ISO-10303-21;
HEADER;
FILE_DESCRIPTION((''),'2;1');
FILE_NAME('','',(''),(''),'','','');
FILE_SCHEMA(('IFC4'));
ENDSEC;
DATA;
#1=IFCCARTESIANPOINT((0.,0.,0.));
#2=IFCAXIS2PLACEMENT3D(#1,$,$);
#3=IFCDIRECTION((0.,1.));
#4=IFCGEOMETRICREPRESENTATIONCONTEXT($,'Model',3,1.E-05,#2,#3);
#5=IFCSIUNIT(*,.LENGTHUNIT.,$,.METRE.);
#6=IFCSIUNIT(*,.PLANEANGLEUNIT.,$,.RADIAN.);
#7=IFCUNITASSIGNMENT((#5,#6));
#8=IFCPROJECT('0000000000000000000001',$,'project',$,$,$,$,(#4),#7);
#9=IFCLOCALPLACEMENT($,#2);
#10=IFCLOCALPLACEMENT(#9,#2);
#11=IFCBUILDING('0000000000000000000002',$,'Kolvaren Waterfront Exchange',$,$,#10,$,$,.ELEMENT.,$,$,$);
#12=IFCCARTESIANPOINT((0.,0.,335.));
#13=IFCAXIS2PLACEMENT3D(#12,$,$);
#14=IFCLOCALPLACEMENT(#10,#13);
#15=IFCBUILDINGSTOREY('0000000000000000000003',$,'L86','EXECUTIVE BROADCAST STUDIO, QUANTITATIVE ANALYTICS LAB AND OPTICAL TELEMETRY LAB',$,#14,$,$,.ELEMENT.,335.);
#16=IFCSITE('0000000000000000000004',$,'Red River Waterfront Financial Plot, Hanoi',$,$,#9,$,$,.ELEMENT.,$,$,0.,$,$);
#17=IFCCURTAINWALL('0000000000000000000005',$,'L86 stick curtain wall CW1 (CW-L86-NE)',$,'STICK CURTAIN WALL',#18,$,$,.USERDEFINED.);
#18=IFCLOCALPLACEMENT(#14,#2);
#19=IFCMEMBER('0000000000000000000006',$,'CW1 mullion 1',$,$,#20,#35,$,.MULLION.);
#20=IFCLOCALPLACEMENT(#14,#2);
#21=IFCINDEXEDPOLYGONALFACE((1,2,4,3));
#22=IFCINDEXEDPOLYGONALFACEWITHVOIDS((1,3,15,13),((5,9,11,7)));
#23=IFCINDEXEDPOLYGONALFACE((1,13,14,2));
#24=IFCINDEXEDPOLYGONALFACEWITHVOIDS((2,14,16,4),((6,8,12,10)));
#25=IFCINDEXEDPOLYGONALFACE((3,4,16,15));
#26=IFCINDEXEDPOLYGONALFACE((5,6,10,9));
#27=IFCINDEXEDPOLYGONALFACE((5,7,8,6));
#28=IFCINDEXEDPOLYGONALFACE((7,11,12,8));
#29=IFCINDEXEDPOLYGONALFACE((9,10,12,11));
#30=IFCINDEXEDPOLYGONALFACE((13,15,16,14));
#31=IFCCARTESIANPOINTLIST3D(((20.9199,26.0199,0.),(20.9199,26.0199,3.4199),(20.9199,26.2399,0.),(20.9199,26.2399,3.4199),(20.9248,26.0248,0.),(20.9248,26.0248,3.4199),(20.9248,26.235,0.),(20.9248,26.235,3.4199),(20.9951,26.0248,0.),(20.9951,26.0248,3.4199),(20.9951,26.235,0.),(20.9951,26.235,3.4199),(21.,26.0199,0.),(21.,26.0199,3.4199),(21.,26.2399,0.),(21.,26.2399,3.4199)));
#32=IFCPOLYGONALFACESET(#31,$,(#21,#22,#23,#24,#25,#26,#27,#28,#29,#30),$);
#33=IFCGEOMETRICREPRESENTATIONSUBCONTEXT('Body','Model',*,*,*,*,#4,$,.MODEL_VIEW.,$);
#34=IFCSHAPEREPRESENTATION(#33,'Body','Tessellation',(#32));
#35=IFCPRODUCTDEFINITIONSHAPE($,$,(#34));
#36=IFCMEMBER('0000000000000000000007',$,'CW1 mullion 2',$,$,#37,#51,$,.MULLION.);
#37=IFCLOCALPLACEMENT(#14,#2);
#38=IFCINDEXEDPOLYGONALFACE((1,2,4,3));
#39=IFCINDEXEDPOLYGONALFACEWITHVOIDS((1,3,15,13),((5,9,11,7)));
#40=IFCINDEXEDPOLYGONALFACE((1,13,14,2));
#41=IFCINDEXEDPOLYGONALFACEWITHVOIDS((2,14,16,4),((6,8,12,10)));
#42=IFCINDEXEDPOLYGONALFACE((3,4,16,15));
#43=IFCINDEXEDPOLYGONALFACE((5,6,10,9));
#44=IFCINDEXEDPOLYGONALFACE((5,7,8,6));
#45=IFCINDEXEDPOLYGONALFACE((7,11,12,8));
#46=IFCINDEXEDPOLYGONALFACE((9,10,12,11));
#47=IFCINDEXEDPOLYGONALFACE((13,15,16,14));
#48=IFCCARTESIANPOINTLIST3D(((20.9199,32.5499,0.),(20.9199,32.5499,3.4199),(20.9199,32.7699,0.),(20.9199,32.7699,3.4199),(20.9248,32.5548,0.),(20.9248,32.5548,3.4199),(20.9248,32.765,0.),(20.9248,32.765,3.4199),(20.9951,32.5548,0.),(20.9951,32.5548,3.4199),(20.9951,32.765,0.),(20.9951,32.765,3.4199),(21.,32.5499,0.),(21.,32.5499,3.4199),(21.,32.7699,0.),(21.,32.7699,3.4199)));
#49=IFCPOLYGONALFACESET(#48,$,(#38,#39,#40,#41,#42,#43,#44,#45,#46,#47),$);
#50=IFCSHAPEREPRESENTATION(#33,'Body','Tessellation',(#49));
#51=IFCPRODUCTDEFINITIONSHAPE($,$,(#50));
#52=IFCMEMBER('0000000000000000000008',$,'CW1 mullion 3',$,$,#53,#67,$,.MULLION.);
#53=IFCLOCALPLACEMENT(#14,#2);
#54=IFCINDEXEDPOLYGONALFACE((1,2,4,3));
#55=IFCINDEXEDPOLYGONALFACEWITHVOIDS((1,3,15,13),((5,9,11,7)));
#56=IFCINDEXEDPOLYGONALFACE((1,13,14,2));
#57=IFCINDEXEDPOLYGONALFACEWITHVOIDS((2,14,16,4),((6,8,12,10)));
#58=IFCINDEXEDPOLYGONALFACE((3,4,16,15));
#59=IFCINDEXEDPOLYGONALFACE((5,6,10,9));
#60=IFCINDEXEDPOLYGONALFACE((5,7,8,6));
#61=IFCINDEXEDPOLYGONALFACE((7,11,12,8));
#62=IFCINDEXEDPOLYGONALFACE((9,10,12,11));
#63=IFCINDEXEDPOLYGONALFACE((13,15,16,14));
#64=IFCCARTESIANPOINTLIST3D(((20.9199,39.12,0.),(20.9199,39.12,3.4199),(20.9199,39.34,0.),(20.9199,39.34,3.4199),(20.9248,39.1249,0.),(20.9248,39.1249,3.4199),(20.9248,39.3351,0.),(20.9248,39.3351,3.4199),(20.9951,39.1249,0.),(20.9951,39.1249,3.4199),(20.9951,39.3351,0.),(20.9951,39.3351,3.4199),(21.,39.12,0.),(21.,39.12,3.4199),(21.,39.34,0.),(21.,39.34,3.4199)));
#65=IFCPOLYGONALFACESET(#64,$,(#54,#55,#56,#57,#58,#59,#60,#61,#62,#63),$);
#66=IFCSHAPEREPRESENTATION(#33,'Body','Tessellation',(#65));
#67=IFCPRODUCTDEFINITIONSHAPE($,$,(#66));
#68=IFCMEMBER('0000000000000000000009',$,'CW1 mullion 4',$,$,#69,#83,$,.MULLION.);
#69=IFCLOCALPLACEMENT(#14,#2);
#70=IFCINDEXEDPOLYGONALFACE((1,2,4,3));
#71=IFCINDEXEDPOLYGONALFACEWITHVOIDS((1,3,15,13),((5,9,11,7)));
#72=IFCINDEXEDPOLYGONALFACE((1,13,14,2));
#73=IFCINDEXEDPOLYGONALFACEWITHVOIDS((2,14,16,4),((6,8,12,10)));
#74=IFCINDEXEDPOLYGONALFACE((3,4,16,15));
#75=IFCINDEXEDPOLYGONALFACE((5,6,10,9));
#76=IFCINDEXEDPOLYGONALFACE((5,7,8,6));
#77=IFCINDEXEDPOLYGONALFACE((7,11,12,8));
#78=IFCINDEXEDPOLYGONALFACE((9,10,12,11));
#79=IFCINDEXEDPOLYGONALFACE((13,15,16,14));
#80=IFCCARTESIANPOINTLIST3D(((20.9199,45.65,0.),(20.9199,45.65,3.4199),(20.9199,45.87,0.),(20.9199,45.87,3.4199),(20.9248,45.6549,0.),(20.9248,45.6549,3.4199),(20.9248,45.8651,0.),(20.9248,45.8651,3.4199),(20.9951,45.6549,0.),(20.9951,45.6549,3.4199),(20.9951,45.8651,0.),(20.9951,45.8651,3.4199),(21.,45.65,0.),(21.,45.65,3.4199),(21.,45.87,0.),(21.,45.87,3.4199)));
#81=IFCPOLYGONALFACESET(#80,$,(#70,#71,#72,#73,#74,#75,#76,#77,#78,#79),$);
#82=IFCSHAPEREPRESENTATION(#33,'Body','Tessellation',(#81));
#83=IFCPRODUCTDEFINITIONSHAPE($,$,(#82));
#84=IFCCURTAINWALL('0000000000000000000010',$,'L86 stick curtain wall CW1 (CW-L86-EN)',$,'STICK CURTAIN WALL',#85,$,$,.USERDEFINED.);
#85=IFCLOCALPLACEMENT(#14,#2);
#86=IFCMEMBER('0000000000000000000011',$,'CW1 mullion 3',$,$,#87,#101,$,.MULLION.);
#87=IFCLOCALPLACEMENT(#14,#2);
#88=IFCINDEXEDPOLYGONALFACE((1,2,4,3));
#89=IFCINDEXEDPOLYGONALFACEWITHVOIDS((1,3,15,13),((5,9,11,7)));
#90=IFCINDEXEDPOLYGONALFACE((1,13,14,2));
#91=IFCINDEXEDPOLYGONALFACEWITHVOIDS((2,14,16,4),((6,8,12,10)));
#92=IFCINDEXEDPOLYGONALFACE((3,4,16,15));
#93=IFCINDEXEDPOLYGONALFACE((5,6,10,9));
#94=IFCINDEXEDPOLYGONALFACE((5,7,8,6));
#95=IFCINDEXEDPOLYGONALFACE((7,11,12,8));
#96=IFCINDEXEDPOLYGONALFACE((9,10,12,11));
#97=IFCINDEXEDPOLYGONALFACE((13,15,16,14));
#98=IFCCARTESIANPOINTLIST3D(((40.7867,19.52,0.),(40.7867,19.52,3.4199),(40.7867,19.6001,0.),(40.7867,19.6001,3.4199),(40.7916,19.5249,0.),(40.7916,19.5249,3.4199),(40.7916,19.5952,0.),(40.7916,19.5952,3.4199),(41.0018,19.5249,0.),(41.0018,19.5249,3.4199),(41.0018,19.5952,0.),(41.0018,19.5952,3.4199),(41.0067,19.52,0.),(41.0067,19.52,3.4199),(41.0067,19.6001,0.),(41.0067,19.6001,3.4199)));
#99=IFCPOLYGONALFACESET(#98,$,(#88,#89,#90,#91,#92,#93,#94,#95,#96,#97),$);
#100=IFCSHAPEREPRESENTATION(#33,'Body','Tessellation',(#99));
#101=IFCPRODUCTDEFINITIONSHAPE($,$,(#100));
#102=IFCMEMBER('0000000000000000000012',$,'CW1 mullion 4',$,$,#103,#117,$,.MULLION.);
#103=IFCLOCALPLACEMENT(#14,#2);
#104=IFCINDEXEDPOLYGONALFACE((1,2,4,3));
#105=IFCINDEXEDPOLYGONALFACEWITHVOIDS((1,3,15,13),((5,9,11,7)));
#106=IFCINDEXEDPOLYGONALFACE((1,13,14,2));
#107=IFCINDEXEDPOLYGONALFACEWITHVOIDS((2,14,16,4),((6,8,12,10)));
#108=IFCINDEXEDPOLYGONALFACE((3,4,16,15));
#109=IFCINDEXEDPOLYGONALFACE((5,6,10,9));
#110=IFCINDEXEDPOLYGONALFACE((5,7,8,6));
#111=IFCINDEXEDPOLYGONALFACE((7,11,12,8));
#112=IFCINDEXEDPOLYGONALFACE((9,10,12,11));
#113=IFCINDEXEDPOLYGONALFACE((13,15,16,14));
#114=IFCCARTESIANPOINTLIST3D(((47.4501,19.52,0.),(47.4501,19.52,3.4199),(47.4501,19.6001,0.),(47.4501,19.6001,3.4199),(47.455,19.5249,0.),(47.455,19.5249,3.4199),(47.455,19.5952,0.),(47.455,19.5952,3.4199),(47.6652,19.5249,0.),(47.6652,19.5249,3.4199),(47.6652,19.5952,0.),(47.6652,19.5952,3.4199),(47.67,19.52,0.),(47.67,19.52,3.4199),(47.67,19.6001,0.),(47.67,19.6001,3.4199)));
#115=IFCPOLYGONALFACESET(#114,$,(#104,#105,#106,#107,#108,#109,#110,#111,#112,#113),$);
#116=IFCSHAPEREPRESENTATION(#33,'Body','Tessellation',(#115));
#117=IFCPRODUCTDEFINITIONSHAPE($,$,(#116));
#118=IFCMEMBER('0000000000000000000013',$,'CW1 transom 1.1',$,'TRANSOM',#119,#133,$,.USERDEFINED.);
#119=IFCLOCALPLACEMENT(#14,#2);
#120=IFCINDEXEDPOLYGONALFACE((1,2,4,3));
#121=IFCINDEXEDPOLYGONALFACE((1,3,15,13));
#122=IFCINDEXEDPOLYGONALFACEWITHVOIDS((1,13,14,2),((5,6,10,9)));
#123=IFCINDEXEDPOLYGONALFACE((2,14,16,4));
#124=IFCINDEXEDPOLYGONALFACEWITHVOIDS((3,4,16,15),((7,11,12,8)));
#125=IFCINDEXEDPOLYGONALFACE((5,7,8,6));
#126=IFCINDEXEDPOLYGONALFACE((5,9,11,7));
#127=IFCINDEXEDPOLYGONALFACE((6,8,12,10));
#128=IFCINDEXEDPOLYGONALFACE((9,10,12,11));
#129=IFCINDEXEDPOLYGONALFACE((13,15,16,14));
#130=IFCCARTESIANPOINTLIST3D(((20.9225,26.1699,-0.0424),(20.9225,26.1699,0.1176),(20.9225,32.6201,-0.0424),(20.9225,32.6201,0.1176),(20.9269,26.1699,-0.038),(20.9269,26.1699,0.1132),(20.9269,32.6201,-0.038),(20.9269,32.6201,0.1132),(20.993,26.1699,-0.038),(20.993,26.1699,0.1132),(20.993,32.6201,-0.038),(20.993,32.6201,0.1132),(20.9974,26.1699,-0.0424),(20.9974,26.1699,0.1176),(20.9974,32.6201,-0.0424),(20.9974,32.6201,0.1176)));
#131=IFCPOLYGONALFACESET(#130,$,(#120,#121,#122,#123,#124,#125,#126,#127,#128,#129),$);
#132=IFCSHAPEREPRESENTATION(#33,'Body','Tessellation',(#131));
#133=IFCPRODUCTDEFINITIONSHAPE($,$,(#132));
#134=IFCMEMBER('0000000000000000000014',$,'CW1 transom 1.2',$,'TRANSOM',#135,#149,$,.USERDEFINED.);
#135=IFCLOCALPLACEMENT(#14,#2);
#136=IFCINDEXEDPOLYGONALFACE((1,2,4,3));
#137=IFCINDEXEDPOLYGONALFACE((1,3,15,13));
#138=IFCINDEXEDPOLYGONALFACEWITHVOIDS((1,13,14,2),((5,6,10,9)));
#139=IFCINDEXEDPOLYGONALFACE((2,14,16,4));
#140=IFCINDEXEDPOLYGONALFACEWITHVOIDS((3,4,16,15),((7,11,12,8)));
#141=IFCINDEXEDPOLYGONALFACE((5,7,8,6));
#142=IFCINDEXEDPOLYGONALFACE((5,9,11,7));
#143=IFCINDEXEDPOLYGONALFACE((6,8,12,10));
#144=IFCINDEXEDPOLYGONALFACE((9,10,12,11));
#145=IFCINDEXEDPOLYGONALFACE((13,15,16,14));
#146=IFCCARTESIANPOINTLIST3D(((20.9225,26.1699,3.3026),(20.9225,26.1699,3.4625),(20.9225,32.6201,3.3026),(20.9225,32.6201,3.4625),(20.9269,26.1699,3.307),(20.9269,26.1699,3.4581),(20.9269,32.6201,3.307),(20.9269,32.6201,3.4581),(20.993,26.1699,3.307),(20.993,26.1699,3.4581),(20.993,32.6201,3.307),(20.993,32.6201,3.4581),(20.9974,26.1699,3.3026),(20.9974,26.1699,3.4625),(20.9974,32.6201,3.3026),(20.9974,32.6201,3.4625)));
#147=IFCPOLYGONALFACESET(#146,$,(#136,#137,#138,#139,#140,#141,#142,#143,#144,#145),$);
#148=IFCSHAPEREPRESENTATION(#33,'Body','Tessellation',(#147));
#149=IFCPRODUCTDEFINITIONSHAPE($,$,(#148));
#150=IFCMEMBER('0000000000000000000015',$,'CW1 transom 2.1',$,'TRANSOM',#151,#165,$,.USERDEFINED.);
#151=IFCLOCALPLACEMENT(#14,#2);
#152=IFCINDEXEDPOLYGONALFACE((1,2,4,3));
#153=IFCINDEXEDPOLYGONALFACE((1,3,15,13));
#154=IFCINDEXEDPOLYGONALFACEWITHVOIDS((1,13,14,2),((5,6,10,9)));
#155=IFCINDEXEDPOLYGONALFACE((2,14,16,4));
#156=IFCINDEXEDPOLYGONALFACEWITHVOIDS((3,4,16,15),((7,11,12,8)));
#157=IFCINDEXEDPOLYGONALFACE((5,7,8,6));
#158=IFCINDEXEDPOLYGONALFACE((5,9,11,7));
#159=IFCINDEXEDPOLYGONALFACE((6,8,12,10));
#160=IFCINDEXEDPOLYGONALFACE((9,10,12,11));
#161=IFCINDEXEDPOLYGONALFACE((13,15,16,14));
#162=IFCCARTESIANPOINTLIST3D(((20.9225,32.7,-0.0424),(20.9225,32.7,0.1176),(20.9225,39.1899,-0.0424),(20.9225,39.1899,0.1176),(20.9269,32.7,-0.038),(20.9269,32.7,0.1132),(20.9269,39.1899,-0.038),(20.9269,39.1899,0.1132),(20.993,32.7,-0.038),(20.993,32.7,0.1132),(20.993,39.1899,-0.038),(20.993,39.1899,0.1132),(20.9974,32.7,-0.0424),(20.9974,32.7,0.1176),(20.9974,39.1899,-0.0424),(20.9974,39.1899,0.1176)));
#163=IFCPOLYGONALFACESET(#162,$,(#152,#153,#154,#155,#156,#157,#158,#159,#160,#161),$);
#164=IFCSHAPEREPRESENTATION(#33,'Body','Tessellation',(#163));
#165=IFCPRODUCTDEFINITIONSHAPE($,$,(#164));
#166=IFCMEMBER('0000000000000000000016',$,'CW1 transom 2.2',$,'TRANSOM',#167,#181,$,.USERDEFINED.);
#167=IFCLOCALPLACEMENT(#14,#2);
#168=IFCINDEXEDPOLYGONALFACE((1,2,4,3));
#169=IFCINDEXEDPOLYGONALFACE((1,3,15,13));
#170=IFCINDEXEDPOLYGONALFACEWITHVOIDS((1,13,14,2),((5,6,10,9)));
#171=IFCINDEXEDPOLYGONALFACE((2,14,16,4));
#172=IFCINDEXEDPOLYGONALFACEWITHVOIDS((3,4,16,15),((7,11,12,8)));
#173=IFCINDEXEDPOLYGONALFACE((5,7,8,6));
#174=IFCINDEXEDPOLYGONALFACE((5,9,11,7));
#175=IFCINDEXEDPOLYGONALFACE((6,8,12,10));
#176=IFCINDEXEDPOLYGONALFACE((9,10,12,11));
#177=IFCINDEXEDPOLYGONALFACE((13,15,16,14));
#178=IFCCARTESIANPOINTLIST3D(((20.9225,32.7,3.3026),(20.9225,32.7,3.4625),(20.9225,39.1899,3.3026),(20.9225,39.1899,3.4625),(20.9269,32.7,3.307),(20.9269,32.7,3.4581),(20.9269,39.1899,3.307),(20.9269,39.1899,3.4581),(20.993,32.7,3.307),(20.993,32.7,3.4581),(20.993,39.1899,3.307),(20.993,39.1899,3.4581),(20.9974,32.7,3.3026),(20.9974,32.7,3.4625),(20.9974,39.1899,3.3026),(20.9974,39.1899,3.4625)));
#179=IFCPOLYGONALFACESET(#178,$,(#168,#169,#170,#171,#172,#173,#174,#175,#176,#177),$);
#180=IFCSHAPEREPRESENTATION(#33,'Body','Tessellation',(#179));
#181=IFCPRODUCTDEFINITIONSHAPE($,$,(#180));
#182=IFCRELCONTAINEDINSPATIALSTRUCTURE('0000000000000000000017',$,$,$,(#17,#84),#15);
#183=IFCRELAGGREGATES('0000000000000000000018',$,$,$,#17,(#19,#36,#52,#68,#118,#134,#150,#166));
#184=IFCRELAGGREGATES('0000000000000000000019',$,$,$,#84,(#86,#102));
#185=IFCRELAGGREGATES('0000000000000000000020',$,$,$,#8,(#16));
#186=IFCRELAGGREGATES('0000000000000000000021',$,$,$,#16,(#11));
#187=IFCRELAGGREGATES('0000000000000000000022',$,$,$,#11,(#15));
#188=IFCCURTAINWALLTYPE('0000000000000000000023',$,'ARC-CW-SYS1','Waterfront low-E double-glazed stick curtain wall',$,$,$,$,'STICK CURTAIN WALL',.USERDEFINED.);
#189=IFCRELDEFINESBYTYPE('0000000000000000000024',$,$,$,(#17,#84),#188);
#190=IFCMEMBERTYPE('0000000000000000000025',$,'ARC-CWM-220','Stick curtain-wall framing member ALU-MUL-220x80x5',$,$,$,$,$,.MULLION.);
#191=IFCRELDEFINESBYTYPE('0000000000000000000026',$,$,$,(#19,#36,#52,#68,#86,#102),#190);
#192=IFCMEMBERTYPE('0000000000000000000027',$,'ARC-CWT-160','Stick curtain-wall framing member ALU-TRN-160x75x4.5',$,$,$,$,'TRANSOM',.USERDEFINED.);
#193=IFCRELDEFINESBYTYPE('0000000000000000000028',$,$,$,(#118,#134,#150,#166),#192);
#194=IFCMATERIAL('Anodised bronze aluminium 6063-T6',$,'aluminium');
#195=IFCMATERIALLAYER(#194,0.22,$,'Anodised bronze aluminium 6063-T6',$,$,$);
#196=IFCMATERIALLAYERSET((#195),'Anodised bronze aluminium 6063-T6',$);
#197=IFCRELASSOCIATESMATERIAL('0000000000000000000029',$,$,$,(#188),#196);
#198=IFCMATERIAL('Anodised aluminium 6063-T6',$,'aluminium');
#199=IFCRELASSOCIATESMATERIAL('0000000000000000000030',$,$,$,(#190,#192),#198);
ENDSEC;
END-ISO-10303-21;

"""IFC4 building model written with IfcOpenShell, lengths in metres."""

from ifc_helpers import new_model, si_unit, direction, frame, origin, origin_with_axes, origin_2d, place, context, subcontext, project, spatial, hollow_rectangle, extrude, source, transform, mapped, material, layer, layer_set, material_profile, profile_set, type_object, element, aggregate, save


model = new_model("IFC4")

# Units and contexts
model_context = context("Model", 3, precision=1e-05, world=origin(), true_north=direction((0.0, 1.0)))
body_context = subcontext(model_context, "Body", "Model", "MODEL_VIEW")
ifc_project = project(units=[si_unit("LENGTHUNIT", "METRE"), si_unit("PLANEANGLEUNIT", "RADIAN")], contexts=[model_context])

# Site, building, storey
site_placement = place(None, origin())
site = spatial("IfcSite", under=ifc_project, at=site_placement, Name="Red River Waterfront Financial Plot, Hanoi", CompositionType="ELEMENT", RefElevation=0.0)
building_placement = place(site_placement, origin())
building = spatial("IfcBuilding", under=site, at=building_placement, Name="Kolvaren Waterfront Exchange", CompositionType="ELEMENT")
storey_placement = place(building_placement, frame((0.0, 0.0, 335.0)))
storey = spatial("IfcBuildingStorey", under=building, at=storey_placement, Name="L86", Description="EXECUTIVE BROADCAST STUDIO, QUANTITATIVE ANALYTICS LAB AND OPTICAL TELEMETRY LAB", CompositionType="ELEMENT", Elevation=335.0)

# Curtain walls, members
ifc_material_1 = material(Name="Anodised bronze aluminium 6063-T6", Category="aluminium")
ifc_layer_1 = layer(ifc_material_1, 0.22, Name="Anodised bronze aluminium 6063-T6")
ifc_layer_set_1 = layer_set([ifc_layer_1], Name="Anodised bronze aluminium 6063-T6")
curtain_wall_type = type_object("IfcCurtainWallType", Name="ARC-CW-SYS1", Description="Waterfront low-E double-glazed stick curtain wall", ElementType="STICK CURTAIN WALL", PredefinedType="USERDEFINED", material=ifc_layer_set_1)
curtain_wall_1_placement = place(storey_placement, origin())
curtain_wall_1 = element("IfcCurtainWall", 1, at=curtain_wall_1_placement, inside=storey, type_object=curtain_wall_type, Name="L86 stick curtain wall CW1 (CW-L86-NE)", ObjectType="STICK CURTAIN WALL", PredefinedType="USERDEFINED")
ifc_material_2 = material(Name="Anodised aluminium 6063-T6", Category="aluminium")
ifc_material_profile_1 = material_profile(ifc_material_2, hollow_rectangle(XDim=0.0801, YDim=0.22, WallThickness=0.0049, at=origin_2d()), Name="ALU-MUL-220x80x5")
ifc_profile_set_1 = profile_set([ifc_material_profile_1], Name="Anodised aluminium 6063-T6")
member_type_1 = type_object("IfcMemberType", Name="ARC-CWM-220", Description="Stick curtain-wall framing member ALU-MUL-220x80x5", PredefinedType="MULLION", material=ifc_profile_set_1)
shared_shape_1 = source(origin_with_axes(), body_context, "Body", "SweptSolid", [
    extrude(hollow_rectangle(XDim=0.0801, YDim=0.22, WallThickness=0.0049, at=origin_2d()), origin(), (0.0, 0.0, 1.0), 3.4199),
])
member_1_placement = place(storey_placement, frame((20.96, 26.1299, 0.0), z_axis=(0.0, 0.0, 1.0), x_axis=(-1.0, 0.0, 0.0)))
member_1 = element("IfcMember", 2, at=member_1_placement, type_object=member_type_1, Name="CW1 mullion 1", PredefinedType="MULLION", context=body_context, shape_type="MappedRepresentation", body=[
    mapped(shared_shape_1, transform((0.0, 0.0, 0.0), x_axis=(1.0, 0.0, 0.0), y_axis=(0.0, 1.0, 0.0), z_axis=(0.0, 0.0, 1.0), scale=1.0)),
])
member_2_placement = place(storey_placement, frame((20.96, 32.6599, 0.0), z_axis=(0.0, 0.0, 1.0), x_axis=(-1.0, 0.0, 0.0)))
member_2 = element("IfcMember", 3, at=member_2_placement, type_object=member_type_1, Name="CW1 mullion 2", PredefinedType="MULLION", context=body_context, shape_type="MappedRepresentation", body=[
    mapped(shared_shape_1, transform((0.0, 0.0, 0.0), x_axis=(1.0, 0.0, 0.0), y_axis=(0.0, 1.0, 0.0), z_axis=(0.0, 0.0, 1.0), scale=1.0)),
])
member_3_placement = place(storey_placement, frame((20.96, 39.23, 0.0), z_axis=(0.0, 0.0, 1.0), x_axis=(-1.0, 0.0, 0.0)))
member_3 = element("IfcMember", 4, at=member_3_placement, type_object=member_type_1, Name="CW1 mullion 3", PredefinedType="MULLION", context=body_context, shape_type="MappedRepresentation", body=[
    mapped(shared_shape_1, transform((0.0, 0.0, 0.0), x_axis=(1.0, 0.0, 0.0), y_axis=(0.0, 1.0, 0.0), z_axis=(0.0, 0.0, 1.0), scale=1.0)),
])
member_4_placement = place(storey_placement, frame((20.96, 45.76, 0.0), z_axis=(0.0, 0.0, 1.0), x_axis=(-1.0, 0.0, 0.0)))
member_4 = element("IfcMember", 5, at=member_4_placement, type_object=member_type_1, Name="CW1 mullion 4", PredefinedType="MULLION", context=body_context, shape_type="MappedRepresentation", body=[
    mapped(shared_shape_1, transform((0.0, 0.0, 0.0), x_axis=(1.0, 0.0, 0.0), y_axis=(0.0, 1.0, 0.0), z_axis=(0.0, 0.0, 1.0), scale=1.0)),
])
curtain_wall_2_placement = place(storey_placement, origin())
curtain_wall_2 = element("IfcCurtainWall", 6, at=curtain_wall_2_placement, inside=storey, type_object=curtain_wall_type, Name="L86 stick curtain wall CW1 (CW-L86-EN)", ObjectType="STICK CURTAIN WALL", PredefinedType="USERDEFINED")
member_5_placement = place(storey_placement, frame((40.8967, 19.5601, 0.0), z_axis=(0.0, 0.0, 1.0), x_axis=(0.0, 1.0, 0.0)))
member_5 = element("IfcMember", 7, at=member_5_placement, type_object=member_type_1, Name="CW1 mullion 3", PredefinedType="MULLION", context=body_context, shape_type="MappedRepresentation", body=[
    mapped(shared_shape_1, transform((0.0, 0.0, 0.0), x_axis=(1.0, 0.0, 0.0), y_axis=(0.0, 1.0, 0.0), z_axis=(0.0, 0.0, 1.0), scale=1.0)),
])
member_6_placement = place(storey_placement, frame((47.5601, 19.5601, 0.0), z_axis=(0.0, 0.0, 1.0), x_axis=(0.0, 1.0, 0.0)))
member_6 = element("IfcMember", 8, at=member_6_placement, type_object=member_type_1, Name="CW1 mullion 4", PredefinedType="MULLION", context=body_context, shape_type="MappedRepresentation", body=[
    mapped(shared_shape_1, transform((0.0, 0.0, 0.0), x_axis=(1.0, 0.0, 0.0), y_axis=(0.0, 1.0, 0.0), z_axis=(0.0, 0.0, 1.0), scale=1.0)),
])

# Members
ifc_material_profile_2 = material_profile(ifc_material_2, hollow_rectangle(XDim=0.075, YDim=0.1599, WallThickness=0.0044, at=origin_2d()), Name="ALU-TRN-160x75x4.5")
ifc_profile_set_2 = profile_set([ifc_material_profile_2], Name="Anodised aluminium 6063-T6")
member_type_2 = type_object("IfcMemberType", Name="ARC-CWT-160", Description="Stick curtain-wall framing member ALU-TRN-160x75x4.5", ElementType="TRANSOM", PredefinedType="USERDEFINED", material=ifc_profile_set_2)
shared_shape_2 = source(origin_with_axes(), body_context, "Body", "SweptSolid", [
    extrude(hollow_rectangle(XDim=0.075, YDim=0.1599, WallThickness=0.0044, at=origin_2d()), origin(), (0.0, 0.0, 1.0), 6.4502),
])
member_7_placement = place(storey_placement, frame((20.96, 26.1699, 0.0376), z_axis=(0.0, 1.0, 0.0), x_axis=(-1.0, 0.0, 0.0)))
member_7 = element("IfcMember", 9, at=member_7_placement, type_object=member_type_2, Name="CW1 transom 1.1", ObjectType="TRANSOM", PredefinedType="USERDEFINED", context=body_context, shape_type="MappedRepresentation", body=[
    mapped(shared_shape_2, transform((0.0, 0.0, 0.0), x_axis=(1.0, 0.0, 0.0), y_axis=(0.0, 1.0, 0.0), z_axis=(0.0, 0.0, 1.0), scale=1.0)),
])
member_8_placement = place(storey_placement, frame((20.96, 26.1699, 3.3826), z_axis=(0.0, 1.0, 0.0), x_axis=(-1.0, 0.0, 0.0)))
member_8 = element("IfcMember", 10, at=member_8_placement, type_object=member_type_2, Name="CW1 transom 1.2", ObjectType="TRANSOM", PredefinedType="USERDEFINED", context=body_context, shape_type="MappedRepresentation", body=[
    mapped(shared_shape_2, transform((0.0, 0.0, 0.0), x_axis=(1.0, 0.0, 0.0), y_axis=(0.0, 1.0, 0.0), z_axis=(0.0, 0.0, 1.0), scale=1.0)),
])
shared_shape_3 = source(origin_with_axes(), body_context, "Body", "SweptSolid", [
    extrude(hollow_rectangle(XDim=0.075, YDim=0.1599, WallThickness=0.0044, at=origin_2d()), origin(), (0.0, 0.0, 1.0), 6.49),
])
member_9_placement = place(storey_placement, frame((20.96, 32.7, 0.0376), z_axis=(0.0, 1.0, 0.0), x_axis=(-1.0, 0.0, 0.0)))
member_9 = element("IfcMember", 11, at=member_9_placement, type_object=member_type_2, Name="CW1 transom 2.1", ObjectType="TRANSOM", PredefinedType="USERDEFINED", context=body_context, shape_type="MappedRepresentation", body=[
    mapped(shared_shape_3, transform((0.0, 0.0, 0.0), x_axis=(1.0, 0.0, 0.0), y_axis=(0.0, 1.0, 0.0), z_axis=(0.0, 0.0, 1.0), scale=1.0)),
])
member_10_placement = place(storey_placement, frame((20.96, 32.7, 3.3826), z_axis=(0.0, 1.0, 0.0), x_axis=(-1.0, 0.0, 0.0)))
member_10 = element("IfcMember", 12, at=member_10_placement, type_object=member_type_2, Name="CW1 transom 2.2", ObjectType="TRANSOM", PredefinedType="USERDEFINED", context=body_context, shape_type="MappedRepresentation", body=[
    mapped(shared_shape_3, transform((0.0, 0.0, 0.0), x_axis=(1.0, 0.0, 0.0), y_axis=(0.0, 1.0, 0.0), z_axis=(0.0, 0.0, 1.0), scale=1.0)),
])

aggregate(curtain_wall_1, [member_1, member_2, member_3, member_4, member_7, member_8, member_9, member_10])
aggregate(curtain_wall_2, [member_5, member_6])

save(model, "model.ifc")
